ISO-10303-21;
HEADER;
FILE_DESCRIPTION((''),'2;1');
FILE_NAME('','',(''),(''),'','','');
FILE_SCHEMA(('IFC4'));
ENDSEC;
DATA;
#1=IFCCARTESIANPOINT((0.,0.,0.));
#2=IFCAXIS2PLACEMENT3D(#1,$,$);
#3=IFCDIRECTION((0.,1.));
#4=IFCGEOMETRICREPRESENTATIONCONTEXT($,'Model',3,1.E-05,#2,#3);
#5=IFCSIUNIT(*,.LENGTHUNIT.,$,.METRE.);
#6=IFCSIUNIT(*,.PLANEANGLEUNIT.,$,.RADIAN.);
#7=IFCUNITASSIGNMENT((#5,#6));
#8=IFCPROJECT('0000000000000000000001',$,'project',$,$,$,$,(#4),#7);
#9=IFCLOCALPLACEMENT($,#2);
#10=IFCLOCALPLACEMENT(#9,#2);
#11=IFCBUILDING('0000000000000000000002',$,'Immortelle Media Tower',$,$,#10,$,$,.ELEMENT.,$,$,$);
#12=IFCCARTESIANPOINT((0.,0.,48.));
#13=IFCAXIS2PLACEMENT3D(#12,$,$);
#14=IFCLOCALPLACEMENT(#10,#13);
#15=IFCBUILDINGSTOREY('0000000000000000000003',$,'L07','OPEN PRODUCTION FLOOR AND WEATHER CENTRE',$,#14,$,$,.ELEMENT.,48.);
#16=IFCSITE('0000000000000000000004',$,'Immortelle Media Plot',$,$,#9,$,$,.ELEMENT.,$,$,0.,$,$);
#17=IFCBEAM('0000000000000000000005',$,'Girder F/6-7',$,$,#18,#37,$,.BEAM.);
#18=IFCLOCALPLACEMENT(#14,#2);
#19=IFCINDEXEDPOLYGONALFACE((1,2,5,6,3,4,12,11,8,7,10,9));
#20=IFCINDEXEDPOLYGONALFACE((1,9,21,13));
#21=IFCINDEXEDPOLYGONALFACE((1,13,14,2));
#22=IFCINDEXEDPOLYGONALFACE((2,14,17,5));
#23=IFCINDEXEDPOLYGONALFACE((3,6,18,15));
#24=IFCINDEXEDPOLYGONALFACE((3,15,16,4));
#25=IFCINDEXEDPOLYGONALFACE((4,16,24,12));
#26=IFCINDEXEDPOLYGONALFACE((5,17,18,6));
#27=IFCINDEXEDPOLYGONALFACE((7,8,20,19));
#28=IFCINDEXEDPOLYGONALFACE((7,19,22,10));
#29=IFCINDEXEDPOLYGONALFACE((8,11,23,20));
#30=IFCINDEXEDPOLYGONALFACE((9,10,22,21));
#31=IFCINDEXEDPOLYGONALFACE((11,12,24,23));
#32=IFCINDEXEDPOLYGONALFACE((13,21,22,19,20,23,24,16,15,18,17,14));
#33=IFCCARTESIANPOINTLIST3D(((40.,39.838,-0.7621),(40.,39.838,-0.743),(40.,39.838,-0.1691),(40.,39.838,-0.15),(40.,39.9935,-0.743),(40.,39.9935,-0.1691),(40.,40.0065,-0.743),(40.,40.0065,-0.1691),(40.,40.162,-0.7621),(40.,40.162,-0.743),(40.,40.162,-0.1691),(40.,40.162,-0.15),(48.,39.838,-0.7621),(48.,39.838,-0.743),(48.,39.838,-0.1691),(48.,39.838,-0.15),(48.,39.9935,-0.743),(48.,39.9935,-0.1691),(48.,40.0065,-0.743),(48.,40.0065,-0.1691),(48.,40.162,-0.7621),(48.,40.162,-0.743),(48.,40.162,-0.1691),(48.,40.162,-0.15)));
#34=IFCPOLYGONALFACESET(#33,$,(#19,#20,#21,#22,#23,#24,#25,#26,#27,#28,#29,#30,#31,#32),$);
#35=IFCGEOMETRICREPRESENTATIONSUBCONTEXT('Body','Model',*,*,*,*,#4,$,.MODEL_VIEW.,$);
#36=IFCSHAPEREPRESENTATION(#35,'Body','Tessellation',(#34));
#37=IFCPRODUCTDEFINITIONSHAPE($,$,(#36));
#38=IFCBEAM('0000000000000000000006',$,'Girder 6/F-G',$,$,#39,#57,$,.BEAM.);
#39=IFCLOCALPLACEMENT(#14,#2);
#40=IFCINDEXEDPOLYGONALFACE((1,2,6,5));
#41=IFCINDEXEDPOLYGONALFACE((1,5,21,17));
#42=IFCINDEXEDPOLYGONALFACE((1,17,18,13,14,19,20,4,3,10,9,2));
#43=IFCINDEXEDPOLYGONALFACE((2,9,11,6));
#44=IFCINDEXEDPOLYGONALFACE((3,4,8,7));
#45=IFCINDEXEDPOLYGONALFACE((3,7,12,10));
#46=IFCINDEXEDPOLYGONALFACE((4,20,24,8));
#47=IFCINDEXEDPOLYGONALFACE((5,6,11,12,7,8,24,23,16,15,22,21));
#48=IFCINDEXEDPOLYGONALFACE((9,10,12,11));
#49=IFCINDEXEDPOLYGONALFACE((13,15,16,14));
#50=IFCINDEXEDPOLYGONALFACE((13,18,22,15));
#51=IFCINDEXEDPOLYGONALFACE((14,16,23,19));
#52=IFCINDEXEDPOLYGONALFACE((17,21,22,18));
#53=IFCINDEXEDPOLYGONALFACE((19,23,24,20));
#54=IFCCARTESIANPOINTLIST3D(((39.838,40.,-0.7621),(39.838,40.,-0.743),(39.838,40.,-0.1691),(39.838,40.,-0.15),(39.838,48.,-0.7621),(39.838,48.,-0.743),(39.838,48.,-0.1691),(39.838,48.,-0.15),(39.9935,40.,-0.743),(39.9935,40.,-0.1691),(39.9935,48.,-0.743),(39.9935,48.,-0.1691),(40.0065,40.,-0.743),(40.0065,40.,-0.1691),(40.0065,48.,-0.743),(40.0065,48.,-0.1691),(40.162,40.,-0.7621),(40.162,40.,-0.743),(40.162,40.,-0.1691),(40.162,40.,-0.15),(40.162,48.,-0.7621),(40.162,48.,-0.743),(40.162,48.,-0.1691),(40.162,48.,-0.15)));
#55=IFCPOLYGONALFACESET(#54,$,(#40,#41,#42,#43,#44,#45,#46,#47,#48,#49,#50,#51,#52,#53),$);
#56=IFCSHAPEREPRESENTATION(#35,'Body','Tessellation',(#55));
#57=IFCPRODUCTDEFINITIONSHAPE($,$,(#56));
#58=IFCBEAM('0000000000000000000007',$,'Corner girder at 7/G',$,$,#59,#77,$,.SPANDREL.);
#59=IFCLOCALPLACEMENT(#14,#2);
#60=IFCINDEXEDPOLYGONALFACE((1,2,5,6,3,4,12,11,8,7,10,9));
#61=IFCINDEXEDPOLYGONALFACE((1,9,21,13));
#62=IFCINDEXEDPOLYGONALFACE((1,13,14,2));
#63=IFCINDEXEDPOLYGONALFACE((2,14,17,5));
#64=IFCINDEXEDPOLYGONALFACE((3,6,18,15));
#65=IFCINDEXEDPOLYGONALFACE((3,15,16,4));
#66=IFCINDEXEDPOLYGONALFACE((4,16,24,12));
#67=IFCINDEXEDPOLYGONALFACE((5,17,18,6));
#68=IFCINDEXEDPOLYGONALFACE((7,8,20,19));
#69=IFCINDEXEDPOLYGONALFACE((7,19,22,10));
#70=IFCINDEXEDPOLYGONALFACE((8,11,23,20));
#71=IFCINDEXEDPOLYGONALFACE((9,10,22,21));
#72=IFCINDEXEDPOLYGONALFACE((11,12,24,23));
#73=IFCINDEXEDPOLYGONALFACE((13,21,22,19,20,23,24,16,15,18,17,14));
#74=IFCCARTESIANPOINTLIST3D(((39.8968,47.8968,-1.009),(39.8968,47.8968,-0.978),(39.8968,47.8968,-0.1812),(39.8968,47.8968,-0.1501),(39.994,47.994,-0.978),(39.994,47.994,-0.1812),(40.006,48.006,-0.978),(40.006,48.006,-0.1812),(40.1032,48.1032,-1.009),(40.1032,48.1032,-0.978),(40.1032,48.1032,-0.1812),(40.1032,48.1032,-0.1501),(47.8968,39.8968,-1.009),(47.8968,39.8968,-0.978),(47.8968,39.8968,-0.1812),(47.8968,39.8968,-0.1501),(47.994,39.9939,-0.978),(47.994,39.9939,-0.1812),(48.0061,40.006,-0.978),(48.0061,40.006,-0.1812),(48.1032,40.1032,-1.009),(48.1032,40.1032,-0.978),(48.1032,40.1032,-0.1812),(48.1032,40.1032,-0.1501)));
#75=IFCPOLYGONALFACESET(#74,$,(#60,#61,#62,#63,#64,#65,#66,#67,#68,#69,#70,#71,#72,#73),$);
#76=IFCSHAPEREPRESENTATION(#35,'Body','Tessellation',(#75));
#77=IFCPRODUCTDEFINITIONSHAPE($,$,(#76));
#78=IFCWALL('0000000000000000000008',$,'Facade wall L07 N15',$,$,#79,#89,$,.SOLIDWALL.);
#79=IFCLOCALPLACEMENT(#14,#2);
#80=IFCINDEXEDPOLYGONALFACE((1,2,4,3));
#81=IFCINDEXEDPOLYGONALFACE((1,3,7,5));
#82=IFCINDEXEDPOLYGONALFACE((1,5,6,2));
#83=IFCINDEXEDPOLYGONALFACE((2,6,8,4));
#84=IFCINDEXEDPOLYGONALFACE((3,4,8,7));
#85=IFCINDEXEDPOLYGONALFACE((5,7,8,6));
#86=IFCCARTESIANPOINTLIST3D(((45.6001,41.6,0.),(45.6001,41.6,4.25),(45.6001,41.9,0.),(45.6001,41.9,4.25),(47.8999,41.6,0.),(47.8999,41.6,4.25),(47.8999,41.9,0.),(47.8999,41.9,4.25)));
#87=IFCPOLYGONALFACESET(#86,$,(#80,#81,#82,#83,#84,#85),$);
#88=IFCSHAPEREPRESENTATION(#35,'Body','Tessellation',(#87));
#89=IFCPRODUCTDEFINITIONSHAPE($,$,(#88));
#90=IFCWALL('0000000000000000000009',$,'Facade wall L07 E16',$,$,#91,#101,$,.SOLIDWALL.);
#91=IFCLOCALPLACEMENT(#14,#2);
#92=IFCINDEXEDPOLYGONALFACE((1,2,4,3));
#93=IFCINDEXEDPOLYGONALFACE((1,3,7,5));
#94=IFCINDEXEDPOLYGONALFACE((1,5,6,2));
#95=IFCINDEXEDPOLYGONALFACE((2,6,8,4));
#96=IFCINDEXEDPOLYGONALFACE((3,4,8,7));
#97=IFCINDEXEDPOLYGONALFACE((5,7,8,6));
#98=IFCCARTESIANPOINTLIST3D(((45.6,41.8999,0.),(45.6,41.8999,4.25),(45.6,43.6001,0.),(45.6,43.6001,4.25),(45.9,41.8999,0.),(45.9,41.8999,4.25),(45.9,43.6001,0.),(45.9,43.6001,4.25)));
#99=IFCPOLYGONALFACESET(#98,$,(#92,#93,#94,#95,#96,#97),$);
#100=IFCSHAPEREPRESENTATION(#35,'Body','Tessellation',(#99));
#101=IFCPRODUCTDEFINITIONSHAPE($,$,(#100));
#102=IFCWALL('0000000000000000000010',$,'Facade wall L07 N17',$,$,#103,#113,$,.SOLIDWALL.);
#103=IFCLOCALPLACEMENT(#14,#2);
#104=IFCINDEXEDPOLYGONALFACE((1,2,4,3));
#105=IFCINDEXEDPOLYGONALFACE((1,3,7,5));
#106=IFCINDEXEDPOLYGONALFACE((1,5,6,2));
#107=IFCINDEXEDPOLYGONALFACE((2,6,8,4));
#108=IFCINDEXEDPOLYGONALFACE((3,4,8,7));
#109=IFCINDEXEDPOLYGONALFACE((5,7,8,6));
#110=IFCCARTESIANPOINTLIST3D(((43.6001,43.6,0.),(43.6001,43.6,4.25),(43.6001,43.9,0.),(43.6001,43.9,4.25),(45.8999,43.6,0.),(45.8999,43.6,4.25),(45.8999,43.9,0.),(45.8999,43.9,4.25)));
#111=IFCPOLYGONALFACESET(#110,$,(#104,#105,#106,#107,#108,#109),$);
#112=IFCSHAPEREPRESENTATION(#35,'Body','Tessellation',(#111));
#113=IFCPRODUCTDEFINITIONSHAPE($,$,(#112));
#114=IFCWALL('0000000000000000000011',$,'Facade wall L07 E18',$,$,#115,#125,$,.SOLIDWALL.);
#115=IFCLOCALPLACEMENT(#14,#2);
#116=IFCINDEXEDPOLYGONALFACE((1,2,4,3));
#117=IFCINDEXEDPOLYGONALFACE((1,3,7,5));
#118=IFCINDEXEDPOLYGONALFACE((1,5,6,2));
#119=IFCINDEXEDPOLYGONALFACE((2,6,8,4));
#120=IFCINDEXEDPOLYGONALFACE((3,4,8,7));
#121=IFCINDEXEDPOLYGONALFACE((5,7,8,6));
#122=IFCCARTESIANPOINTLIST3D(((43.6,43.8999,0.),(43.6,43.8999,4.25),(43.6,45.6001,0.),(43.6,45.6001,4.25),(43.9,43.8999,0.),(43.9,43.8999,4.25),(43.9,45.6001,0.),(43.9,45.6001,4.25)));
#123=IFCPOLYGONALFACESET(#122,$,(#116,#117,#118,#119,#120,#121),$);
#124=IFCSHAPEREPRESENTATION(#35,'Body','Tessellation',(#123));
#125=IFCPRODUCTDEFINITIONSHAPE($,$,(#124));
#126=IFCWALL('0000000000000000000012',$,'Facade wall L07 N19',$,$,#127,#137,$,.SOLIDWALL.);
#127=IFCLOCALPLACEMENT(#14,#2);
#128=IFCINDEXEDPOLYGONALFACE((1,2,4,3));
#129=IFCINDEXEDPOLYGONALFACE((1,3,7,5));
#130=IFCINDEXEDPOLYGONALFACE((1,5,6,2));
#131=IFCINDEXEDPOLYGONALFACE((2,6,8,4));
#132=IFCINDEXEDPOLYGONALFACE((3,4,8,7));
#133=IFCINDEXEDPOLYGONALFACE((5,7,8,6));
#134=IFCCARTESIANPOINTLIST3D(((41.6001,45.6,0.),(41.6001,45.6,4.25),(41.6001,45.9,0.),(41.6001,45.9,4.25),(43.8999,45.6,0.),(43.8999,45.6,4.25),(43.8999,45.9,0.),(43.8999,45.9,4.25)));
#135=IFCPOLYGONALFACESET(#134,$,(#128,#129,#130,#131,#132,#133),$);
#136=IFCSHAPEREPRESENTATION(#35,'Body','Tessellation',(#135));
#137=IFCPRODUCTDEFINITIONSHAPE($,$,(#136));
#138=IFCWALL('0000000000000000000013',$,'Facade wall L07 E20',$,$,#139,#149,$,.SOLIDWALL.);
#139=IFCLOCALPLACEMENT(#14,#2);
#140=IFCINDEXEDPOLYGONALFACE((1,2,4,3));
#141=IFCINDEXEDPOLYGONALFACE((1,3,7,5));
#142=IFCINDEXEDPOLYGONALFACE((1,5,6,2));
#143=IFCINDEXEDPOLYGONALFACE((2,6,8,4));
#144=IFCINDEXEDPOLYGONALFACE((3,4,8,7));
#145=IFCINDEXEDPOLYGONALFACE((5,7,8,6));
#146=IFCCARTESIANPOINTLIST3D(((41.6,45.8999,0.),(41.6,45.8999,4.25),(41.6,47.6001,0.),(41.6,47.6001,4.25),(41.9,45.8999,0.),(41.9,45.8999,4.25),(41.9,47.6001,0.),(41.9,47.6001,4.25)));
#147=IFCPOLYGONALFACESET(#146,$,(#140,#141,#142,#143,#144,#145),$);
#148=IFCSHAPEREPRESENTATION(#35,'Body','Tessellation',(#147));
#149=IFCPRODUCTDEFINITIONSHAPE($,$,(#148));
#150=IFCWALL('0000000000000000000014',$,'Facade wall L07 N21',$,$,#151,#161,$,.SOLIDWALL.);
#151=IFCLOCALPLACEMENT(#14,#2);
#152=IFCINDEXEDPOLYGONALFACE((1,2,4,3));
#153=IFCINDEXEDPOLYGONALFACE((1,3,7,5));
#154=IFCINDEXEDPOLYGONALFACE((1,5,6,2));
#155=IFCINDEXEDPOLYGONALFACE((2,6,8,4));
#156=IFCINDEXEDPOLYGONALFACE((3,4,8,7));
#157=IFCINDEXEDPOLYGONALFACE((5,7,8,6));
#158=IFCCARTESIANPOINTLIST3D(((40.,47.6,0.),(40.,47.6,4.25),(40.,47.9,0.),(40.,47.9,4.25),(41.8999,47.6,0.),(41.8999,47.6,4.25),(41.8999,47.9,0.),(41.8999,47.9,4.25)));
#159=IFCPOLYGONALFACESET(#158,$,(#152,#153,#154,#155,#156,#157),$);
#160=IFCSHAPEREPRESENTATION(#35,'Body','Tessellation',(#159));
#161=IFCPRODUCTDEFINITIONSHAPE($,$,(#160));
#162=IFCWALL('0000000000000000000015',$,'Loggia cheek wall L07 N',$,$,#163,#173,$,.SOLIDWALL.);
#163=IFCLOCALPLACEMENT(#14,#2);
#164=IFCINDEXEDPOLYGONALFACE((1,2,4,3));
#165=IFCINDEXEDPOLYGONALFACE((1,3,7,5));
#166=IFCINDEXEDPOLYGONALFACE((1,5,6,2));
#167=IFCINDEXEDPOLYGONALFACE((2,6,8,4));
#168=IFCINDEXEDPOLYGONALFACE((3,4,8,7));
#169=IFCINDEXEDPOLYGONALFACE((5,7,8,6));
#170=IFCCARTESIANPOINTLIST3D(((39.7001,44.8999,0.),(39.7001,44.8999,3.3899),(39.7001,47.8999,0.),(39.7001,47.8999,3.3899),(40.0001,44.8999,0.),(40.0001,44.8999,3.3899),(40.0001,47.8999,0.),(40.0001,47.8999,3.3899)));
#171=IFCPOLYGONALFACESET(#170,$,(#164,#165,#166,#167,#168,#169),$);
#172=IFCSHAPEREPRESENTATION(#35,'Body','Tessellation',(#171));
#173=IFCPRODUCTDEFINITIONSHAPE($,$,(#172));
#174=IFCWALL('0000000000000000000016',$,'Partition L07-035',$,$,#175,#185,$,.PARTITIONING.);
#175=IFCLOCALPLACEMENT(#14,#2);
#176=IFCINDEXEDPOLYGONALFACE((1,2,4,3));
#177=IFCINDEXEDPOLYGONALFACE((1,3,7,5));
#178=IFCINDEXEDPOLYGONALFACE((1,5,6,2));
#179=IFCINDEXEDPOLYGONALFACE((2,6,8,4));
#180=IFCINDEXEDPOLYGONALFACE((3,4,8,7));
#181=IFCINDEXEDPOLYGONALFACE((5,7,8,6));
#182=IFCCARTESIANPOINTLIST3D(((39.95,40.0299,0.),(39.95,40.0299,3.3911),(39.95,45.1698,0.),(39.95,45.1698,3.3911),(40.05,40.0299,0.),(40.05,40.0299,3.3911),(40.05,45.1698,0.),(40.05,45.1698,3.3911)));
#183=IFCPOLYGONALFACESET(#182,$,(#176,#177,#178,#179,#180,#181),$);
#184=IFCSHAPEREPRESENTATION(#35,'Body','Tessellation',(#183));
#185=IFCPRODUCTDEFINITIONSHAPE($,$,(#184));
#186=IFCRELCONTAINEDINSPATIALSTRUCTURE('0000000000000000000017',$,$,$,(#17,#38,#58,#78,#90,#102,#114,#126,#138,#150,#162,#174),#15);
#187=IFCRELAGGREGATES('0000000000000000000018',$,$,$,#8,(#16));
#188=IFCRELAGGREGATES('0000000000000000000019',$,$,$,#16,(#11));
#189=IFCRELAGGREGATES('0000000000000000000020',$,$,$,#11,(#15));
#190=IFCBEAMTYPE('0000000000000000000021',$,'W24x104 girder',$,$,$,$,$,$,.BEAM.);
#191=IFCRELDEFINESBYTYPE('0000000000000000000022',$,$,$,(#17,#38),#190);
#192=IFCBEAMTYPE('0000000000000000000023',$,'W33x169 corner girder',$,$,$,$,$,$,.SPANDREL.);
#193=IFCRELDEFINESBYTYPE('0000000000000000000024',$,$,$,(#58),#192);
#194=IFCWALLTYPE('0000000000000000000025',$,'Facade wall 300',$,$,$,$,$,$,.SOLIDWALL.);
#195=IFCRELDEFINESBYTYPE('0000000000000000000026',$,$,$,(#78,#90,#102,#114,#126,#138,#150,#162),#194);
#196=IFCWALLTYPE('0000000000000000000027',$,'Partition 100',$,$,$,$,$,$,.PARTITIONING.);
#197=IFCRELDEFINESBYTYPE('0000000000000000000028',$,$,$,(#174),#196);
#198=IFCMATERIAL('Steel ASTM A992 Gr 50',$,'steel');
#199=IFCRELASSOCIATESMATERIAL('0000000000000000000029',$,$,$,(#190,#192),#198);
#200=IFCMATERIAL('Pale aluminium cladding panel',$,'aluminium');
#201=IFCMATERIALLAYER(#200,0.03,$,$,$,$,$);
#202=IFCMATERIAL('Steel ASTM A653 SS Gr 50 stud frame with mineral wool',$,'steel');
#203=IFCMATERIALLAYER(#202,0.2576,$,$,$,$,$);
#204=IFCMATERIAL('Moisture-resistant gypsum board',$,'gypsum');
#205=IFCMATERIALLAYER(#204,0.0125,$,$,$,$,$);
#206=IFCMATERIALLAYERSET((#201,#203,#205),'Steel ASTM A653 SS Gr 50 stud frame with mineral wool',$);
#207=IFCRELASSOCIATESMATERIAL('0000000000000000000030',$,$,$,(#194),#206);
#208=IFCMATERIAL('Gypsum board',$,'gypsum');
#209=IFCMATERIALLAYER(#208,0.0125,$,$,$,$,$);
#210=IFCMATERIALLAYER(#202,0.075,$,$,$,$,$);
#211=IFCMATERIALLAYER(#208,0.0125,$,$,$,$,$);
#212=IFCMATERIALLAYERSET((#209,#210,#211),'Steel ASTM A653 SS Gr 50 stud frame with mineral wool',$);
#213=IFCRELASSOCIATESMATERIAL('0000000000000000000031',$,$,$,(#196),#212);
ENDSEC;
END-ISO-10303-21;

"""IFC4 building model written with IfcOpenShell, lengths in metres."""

from ifc_helpers import new_model, si_unit, direction, frame, frame_2d, origin, origin_2d, place, context, subcontext, project, spatial, rectangle, i_section, extrude, material, layer, layer_set, material_profile, profile_set, type_object, element, save


model = new_model("IFC4")

# Units and contexts
model_context = context("Model", 3, precision=1e-05, world=origin(), true_north=direction((0.0, 1.0)))
body_context = subcontext(model_context, "Body", "Model", "MODEL_VIEW")
ifc_project = project(units=[si_unit("LENGTHUNIT", "METRE"), si_unit("PLANEANGLEUNIT", "RADIAN")], contexts=[model_context])

# Site, building, storey
site_placement = place(None, origin())
site = spatial("IfcSite", under=ifc_project, at=site_placement, Name="Immortelle Media Plot", CompositionType="ELEMENT", RefElevation=0.0)
building_placement = place(site_placement, origin())
building = spatial("IfcBuilding", under=site, at=building_placement, Name="Immortelle Media Tower", CompositionType="ELEMENT")
storey_placement = place(building_placement, frame((0.0, 0.0, 48.0)))
storey = spatial("IfcBuildingStorey", under=building, at=storey_placement, Name="L07", Description="OPEN PRODUCTION FLOOR AND WEATHER CENTRE", CompositionType="ELEMENT", Elevation=48.0)

# Shared definitions
ifc_material_1 = material(Name="Steel ASTM A992 Gr 50", Category="steel")

# Beams
ifc_material_profile_1 = material_profile(ifc_material_1, i_section(OverallWidth=0.324, OverallDepth=0.6121, WebThickness=0.0129, FlangeThickness=0.019, at=origin_2d()), Name="W24x104")
ifc_profile_set_1 = profile_set([ifc_material_profile_1], Name="Steel ASTM A992 Gr 50")
beam_type_1 = type_object("IfcBeamType", Name="W24x104 girder", PredefinedType="BEAM", material=ifc_profile_set_1)
for number, where, z_axis, x_axis, name in (
    (1, (40.0, 40.0, -0.4561), (1.0, 0.0, 0.0), (0.0, 1.0, 0.0), "Girder F/6-7"),
    (2, (40.0, 40.0, -0.4561), (0.0, 1.0, 0.0), (-1.0, 0.0, 0.0), "Girder 6/F-G"),
):
    element("IfcBeam", number, at=place(storey_placement, frame(where, z_axis=z_axis, x_axis=x_axis)), inside=storey, type_object=beam_type_1, Name=name, PredefinedType="BEAM", context=body_context, shape_type="SweptSolid", body=[
        extrude(i_section(OverallWidth=0.324, OverallDepth=0.6121, WebThickness=0.0129, FlangeThickness=0.019, at=origin_2d()), origin(), (0.0, 0.0, 1.0), 8.0),
    ])
ifc_material_profile_2 = material_profile(ifc_material_1, i_section(OverallWidth=0.292, OverallDepth=0.8589, WebThickness=0.0171, FlangeThickness=0.031, at=origin_2d()), Name="W33x169")
ifc_profile_set_2 = profile_set([ifc_material_profile_2], Name="Steel ASTM A992 Gr 50")
beam_type_2 = type_object("IfcBeamType", Name="W33x169 corner girder", PredefinedType="SPANDREL", material=ifc_profile_set_2)
beam_1_placement = place(storey_placement, frame((40.0, 48.0, -0.5796), z_axis=(0.707107, -0.707107, 0.0), x_axis=(0.707107, 0.707107, 0.0)))
element("IfcBeam", 3, at=beam_1_placement, inside=storey, type_object=beam_type_2, Name="Corner girder at 7/G", PredefinedType="SPANDREL", context=body_context, shape_type="SweptSolid", body=[
    extrude(i_section(OverallWidth=0.292, OverallDepth=0.8589, WebThickness=0.0171, FlangeThickness=0.031, at=origin_2d()), origin(), (0.0, 0.0, 1.0), 11.3137),
])

# Walls
ifc_material_2 = material(Name="Pale aluminium cladding panel", Category="aluminium")
ifc_layer_1 = layer(ifc_material_2, 0.03)
ifc_material_3 = material(Name="Steel ASTM A653 SS Gr 50 stud frame with mineral wool", Category="steel")
ifc_layer_2 = layer(ifc_material_3, 0.2576)
ifc_material_4 = material(Name="Moisture-resistant gypsum board", Category="gypsum")
ifc_layer_3 = layer(ifc_material_4, 0.0125)
ifc_layer_set_1 = layer_set([ifc_layer_1, ifc_layer_2, ifc_layer_3], Name="Steel ASTM A653 SS Gr 50 stud frame with mineral wool")
wall_type_1 = type_object("IfcWallType", Name="Facade wall 300", PredefinedType="SOLIDWALL", material=ifc_layer_set_1)
wall_1_placement = place(storey_placement, frame((47.8999, 41.75, 0.0), z_axis=(0.0, 0.0, 1.0), x_axis=(-1.0, 0.0, 0.0)))
element("IfcWall", 4, at=wall_1_placement, inside=storey, type_object=wall_type_1, Name="Facade wall L07 N15", PredefinedType="SOLIDWALL", context=body_context, shape_type="SweptSolid", body=[
    extrude(rectangle(XDim=2.2998, YDim=0.3, at=frame_2d((1.1499, 0.0))), origin(), (0.0, 0.0, 1.0), 4.25),
])
wall_2_placement = place(storey_placement, frame((45.75, 41.8999, 0.0), z_axis=(0.0, 0.0, 1.0), x_axis=(0.0, 1.0, 0.0)))
element("IfcWall", 5, at=wall_2_placement, inside=storey, type_object=wall_type_1, Name="Facade wall L07 E16", PredefinedType="SOLIDWALL", context=body_context, shape_type="SweptSolid", body=[
    extrude(rectangle(XDim=1.7002, YDim=0.3, at=frame_2d((0.8501, 0.0))), origin(), (0.0, 0.0, 1.0), 4.25),
])
wall_3_placement = place(storey_placement, frame((45.8999, 43.75, 0.0), z_axis=(0.0, 0.0, 1.0), x_axis=(-1.0, 0.0, 0.0)))
element("IfcWall", 6, at=wall_3_placement, inside=storey, type_object=wall_type_1, Name="Facade wall L07 N17", PredefinedType="SOLIDWALL", context=body_context, shape_type="SweptSolid", body=[
    extrude(rectangle(XDim=2.2998, YDim=0.3, at=frame_2d((1.1499, 0.0))), origin(), (0.0, 0.0, 1.0), 4.25),
])
wall_4_placement = place(storey_placement, frame((43.75, 43.8999, 0.0), z_axis=(0.0, 0.0, 1.0), x_axis=(0.0, 1.0, 0.0)))
element("IfcWall", 7, at=wall_4_placement, inside=storey, type_object=wall_type_1, Name="Facade wall L07 E18", PredefinedType="SOLIDWALL", context=body_context, shape_type="SweptSolid", body=[
    extrude(rectangle(XDim=1.7002, YDim=0.3, at=frame_2d((0.8501, 0.0))), origin(), (0.0, 0.0, 1.0), 4.25),
])
wall_5_placement = place(storey_placement, frame((43.8999, 45.75, 0.0), z_axis=(0.0, 0.0, 1.0), x_axis=(-1.0, 0.0, 0.0)))
element("IfcWall", 8, at=wall_5_placement, inside=storey, type_object=wall_type_1, Name="Facade wall L07 N19", PredefinedType="SOLIDWALL", context=body_context, shape_type="SweptSolid", body=[
    extrude(rectangle(XDim=2.2998, YDim=0.3, at=frame_2d((1.1499, 0.0))), origin(), (0.0, 0.0, 1.0), 4.25),
])
wall_6_placement = place(storey_placement, frame((41.75, 45.8999, 0.0), z_axis=(0.0, 0.0, 1.0), x_axis=(0.0, 1.0, 0.0)))
element("IfcWall", 9, at=wall_6_placement, inside=storey, type_object=wall_type_1, Name="Facade wall L07 E20", PredefinedType="SOLIDWALL", context=body_context, shape_type="SweptSolid", body=[
    extrude(rectangle(XDim=1.7002, YDim=0.3, at=frame_2d((0.8501, 0.0))), origin(), (0.0, 0.0, 1.0), 4.25),
])
wall_7_placement = place(storey_placement, frame((41.8999, 47.75, 0.0), z_axis=(0.0, 0.0, 1.0), x_axis=(-1.0, 0.0, 0.0)))
element("IfcWall", 10, at=wall_7_placement, inside=storey, type_object=wall_type_1, Name="Facade wall L07 N21", PredefinedType="SOLIDWALL", context=body_context, shape_type="SweptSolid", body=[
    extrude(rectangle(XDim=1.8999, YDim=0.3, at=frame_2d((0.95, 0.0))), origin(), (0.0, 0.0, 1.0), 4.25),
])

# Walls
wall_8_placement = place(storey_placement, frame((39.8501, 47.8999, 0.0), z_axis=(0.0, 0.0, 1.0), x_axis=(0.0, -1.0, 0.0)))
element("IfcWall", 11, at=wall_8_placement, inside=storey, type_object=wall_type_1, Name="Loggia cheek wall L07 N", PredefinedType="SOLIDWALL", context=body_context, shape_type="SweptSolid", body=[
    extrude(rectangle(XDim=3.0, YDim=0.3, at=frame_2d((1.5, 0.0))), origin(), (0.0, 0.0, 1.0), 3.3899),
])
ifc_material_5 = material(Name="Gypsum board", Category="gypsum")
ifc_layer_4 = layer(ifc_material_5, 0.0125)
ifc_layer_5 = layer(ifc_material_3, 0.075)
ifc_layer_6 = layer(ifc_material_5, 0.0125)
ifc_layer_set_2 = layer_set([ifc_layer_4, ifc_layer_5, ifc_layer_6], Name="Steel ASTM A653 SS Gr 50 stud frame with mineral wool")
wall_type_2 = type_object("IfcWallType", Name="Partition 100", PredefinedType="PARTITIONING", material=ifc_layer_set_2)
wall_9_placement = place(storey_placement, frame((40.0, 40.03, 0.0), z_axis=(0.0, 0.0, 1.0), x_axis=(0.0, 1.0, 0.0)))
element("IfcWall", 12, at=wall_9_placement, inside=storey, type_object=wall_type_2, Name="Partition L07-035", PredefinedType="PARTITIONING", context=body_context, shape_type="SweptSolid", body=[
    extrude(rectangle(XDim=5.1399, YDim=0.1001, at=frame_2d((2.5698, 0.0))), origin(), (0.0, 0.0, 1.0), 3.3911),
])

save(model, "model.ifc")
